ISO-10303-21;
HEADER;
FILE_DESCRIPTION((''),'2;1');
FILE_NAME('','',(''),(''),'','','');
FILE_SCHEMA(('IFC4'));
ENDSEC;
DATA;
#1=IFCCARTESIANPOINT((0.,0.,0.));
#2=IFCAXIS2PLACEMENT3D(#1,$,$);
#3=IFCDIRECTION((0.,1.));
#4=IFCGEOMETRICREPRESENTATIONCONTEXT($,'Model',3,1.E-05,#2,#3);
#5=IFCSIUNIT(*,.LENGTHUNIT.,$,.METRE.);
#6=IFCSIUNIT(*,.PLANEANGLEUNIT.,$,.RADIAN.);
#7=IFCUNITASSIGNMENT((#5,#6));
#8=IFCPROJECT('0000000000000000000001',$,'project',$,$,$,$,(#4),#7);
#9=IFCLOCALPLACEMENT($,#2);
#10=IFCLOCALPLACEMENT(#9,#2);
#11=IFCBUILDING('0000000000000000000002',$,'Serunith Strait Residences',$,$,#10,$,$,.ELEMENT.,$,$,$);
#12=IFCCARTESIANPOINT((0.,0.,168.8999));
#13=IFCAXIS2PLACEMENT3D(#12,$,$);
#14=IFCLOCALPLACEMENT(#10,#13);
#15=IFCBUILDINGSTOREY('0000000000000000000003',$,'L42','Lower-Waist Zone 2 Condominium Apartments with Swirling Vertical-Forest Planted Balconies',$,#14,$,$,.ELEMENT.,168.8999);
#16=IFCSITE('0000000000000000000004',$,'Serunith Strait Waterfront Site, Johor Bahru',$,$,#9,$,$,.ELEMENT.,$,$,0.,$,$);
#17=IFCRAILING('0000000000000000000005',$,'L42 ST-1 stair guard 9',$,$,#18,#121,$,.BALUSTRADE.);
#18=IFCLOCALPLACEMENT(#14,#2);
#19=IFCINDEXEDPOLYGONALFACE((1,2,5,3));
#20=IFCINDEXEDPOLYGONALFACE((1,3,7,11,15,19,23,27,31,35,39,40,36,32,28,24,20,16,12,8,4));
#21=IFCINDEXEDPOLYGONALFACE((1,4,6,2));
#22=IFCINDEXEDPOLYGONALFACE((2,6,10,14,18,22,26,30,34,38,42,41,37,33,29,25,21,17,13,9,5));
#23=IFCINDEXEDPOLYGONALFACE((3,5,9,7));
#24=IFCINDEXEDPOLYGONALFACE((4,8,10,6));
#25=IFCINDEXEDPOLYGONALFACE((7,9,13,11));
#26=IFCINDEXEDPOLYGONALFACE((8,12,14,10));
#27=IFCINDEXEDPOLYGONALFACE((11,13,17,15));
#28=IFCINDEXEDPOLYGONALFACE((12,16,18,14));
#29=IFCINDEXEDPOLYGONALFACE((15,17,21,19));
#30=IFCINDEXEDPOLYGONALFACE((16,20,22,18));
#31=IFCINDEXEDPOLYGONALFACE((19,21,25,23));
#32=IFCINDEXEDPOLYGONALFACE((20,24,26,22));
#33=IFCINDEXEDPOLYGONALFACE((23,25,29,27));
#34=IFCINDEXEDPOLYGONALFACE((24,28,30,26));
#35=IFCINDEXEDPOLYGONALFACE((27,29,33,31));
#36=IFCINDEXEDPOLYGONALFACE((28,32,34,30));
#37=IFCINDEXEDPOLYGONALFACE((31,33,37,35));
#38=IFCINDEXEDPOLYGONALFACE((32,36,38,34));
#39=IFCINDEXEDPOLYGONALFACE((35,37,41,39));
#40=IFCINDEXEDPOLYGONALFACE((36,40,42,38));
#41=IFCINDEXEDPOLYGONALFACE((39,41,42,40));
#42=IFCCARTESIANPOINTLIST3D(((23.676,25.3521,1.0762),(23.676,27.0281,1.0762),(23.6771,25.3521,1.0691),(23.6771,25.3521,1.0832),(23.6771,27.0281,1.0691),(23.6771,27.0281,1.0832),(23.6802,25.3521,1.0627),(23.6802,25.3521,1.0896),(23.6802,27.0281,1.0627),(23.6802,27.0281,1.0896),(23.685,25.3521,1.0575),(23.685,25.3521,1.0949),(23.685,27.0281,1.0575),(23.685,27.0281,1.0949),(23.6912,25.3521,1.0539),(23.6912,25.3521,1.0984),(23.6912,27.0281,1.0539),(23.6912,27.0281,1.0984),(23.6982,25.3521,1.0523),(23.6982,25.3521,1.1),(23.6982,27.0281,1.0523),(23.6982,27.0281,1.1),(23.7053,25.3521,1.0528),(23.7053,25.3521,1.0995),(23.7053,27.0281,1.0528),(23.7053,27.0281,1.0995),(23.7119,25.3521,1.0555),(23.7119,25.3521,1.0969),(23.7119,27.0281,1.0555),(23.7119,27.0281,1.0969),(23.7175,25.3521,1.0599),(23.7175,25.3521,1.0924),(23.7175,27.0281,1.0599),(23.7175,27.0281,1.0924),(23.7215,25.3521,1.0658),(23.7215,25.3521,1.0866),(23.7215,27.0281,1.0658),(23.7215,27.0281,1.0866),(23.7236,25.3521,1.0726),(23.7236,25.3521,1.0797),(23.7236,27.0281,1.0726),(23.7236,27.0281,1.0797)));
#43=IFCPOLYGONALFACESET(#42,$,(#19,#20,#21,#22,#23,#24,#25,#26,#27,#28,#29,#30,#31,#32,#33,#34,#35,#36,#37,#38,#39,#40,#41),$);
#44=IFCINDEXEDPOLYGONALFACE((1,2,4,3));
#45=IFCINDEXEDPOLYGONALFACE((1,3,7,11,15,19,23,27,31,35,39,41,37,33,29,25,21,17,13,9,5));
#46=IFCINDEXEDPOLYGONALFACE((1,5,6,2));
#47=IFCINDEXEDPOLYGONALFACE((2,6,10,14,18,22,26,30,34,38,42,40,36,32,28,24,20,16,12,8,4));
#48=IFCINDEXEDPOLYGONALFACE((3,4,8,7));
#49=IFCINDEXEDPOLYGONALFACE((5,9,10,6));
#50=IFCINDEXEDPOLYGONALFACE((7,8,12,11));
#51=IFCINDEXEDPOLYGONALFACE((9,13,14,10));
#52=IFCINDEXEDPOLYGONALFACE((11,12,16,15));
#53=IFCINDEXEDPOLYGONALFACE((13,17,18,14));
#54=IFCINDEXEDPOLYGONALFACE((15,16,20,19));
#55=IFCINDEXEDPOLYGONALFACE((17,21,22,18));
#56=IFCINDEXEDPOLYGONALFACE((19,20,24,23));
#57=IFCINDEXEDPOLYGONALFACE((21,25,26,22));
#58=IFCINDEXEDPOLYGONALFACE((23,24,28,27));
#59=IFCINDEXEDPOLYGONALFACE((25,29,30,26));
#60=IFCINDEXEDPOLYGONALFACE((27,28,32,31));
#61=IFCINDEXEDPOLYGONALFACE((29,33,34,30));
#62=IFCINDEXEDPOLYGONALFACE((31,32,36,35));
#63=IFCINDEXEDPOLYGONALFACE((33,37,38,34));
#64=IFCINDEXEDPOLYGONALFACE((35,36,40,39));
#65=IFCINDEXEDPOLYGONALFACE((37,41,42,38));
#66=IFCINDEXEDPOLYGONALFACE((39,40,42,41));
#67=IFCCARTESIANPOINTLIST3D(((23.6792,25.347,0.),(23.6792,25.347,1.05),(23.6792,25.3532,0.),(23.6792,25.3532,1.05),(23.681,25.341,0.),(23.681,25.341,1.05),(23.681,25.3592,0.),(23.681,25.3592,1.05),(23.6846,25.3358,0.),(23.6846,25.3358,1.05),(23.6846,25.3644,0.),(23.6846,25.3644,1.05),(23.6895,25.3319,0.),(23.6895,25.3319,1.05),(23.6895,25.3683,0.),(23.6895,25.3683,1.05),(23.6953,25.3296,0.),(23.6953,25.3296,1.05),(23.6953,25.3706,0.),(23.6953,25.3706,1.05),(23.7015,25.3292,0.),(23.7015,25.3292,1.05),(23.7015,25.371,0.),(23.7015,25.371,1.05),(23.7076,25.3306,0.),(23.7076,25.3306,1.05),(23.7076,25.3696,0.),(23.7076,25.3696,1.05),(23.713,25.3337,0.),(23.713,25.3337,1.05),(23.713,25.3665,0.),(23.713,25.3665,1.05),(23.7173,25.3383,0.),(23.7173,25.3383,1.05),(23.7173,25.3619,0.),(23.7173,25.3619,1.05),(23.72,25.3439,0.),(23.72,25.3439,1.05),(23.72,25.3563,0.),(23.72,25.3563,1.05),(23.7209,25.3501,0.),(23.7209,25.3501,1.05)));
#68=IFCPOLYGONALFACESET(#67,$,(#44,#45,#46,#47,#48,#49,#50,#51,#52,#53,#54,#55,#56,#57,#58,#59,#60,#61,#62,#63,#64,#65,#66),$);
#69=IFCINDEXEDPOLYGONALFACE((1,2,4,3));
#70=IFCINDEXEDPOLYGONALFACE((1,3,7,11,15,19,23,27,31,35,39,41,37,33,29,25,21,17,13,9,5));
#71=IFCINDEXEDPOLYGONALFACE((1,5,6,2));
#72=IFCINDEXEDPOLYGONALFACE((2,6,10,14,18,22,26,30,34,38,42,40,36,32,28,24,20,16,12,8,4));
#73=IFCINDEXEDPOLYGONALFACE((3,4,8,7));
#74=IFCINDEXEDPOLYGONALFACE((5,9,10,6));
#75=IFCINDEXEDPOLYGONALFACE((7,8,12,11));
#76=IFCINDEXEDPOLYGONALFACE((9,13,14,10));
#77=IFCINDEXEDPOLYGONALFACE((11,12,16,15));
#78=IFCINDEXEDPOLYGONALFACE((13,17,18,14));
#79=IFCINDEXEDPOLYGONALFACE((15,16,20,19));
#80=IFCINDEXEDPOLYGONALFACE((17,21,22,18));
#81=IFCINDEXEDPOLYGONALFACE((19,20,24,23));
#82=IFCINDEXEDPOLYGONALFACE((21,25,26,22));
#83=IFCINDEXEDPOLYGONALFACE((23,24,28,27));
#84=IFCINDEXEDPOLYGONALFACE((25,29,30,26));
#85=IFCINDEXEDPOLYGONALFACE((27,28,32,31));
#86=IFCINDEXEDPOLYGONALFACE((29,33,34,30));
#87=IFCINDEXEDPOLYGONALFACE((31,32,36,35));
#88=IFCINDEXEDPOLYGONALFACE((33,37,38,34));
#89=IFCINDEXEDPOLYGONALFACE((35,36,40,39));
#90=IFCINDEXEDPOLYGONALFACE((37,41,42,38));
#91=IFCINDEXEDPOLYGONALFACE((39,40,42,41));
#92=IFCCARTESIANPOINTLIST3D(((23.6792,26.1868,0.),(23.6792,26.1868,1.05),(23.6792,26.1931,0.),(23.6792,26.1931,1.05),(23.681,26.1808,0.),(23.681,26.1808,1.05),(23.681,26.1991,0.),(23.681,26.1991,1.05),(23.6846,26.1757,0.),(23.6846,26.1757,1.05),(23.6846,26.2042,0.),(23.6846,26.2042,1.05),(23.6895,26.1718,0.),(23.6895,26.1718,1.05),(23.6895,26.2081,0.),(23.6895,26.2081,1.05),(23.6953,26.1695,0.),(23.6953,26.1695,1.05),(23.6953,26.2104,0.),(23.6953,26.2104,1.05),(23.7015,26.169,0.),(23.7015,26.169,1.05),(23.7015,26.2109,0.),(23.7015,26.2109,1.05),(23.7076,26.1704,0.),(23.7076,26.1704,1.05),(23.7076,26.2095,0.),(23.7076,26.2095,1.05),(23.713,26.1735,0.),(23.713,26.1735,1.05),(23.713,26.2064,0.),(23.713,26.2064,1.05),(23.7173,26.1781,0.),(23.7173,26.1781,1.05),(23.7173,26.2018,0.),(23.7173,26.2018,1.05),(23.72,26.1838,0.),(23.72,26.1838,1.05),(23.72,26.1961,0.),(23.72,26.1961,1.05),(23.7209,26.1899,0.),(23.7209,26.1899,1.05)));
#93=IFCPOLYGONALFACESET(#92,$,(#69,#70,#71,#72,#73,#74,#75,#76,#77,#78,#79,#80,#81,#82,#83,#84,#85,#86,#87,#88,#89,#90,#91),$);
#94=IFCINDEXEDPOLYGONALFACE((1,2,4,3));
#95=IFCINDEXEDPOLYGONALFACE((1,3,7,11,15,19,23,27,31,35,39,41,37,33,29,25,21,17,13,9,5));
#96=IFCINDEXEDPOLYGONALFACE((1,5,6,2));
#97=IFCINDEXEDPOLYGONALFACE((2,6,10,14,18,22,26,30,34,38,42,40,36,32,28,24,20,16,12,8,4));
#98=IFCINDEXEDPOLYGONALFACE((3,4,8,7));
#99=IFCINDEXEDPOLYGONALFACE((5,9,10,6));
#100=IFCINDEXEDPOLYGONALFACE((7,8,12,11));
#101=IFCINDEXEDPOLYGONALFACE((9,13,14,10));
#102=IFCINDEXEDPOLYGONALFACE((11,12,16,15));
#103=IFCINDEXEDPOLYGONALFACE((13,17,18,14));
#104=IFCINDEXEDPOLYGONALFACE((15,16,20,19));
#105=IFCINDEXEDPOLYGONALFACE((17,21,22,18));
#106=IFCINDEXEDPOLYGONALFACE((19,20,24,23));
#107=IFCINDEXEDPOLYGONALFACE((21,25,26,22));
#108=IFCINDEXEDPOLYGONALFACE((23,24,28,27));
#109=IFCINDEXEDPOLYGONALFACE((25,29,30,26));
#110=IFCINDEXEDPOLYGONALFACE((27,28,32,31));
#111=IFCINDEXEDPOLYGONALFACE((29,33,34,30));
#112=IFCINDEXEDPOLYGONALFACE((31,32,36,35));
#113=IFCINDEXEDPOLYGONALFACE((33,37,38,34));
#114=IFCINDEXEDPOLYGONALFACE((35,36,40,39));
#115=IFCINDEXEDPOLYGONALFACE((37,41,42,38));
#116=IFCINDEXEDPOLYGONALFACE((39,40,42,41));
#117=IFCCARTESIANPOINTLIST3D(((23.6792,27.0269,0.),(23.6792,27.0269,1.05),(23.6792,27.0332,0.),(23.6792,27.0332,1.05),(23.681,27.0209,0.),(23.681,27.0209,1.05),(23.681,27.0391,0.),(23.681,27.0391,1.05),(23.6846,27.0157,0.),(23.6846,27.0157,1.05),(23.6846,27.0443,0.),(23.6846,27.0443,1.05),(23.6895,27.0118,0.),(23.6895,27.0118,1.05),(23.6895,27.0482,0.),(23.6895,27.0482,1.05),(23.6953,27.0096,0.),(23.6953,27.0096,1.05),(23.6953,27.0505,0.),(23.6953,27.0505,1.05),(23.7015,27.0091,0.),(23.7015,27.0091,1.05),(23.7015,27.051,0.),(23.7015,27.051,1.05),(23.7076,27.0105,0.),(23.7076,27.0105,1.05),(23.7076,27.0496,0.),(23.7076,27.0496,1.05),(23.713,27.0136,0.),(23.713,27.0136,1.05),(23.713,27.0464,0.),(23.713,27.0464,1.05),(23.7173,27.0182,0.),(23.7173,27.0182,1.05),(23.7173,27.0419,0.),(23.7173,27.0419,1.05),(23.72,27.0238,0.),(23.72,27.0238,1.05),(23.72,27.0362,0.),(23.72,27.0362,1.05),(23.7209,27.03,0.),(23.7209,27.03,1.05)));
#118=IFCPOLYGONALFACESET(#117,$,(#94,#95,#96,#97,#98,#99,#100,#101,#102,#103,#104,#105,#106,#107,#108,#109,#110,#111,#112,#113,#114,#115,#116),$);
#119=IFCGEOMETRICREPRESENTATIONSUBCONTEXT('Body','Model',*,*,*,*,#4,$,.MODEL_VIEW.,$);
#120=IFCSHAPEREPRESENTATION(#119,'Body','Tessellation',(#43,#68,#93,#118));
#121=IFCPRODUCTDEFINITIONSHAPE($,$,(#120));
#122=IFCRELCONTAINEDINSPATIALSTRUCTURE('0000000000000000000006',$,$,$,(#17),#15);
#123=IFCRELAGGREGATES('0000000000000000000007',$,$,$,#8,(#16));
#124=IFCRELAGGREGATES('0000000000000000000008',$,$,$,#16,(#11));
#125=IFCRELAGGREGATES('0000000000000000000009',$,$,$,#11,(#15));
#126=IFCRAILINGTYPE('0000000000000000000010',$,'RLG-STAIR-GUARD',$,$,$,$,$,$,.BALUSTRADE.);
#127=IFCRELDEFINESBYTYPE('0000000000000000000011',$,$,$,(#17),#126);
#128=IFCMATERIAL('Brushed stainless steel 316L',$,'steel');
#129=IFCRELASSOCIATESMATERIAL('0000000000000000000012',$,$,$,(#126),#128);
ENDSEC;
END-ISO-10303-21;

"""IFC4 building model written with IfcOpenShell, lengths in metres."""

from ifc_helpers import new_model, si_unit, direction, frame, origin, origin_2d, place, context, subcontext, project, spatial, circle, extrude, material, type_object, element, save


model = new_model("IFC4")

# Units and contexts
model_context = context("Model", 3, precision=1e-05, world=origin(), true_north=direction((0.0, 1.0)))
body_context = subcontext(model_context, "Body", "Model", "MODEL_VIEW")
ifc_project = project(units=[si_unit("LENGTHUNIT", "METRE"), si_unit("PLANEANGLEUNIT", "RADIAN")], contexts=[model_context])

# Site, building, storey
site_placement = place(None, origin())
site = spatial("IfcSite", under=ifc_project, at=site_placement, Name="Serunith Strait Waterfront Site, Johor Bahru", CompositionType="ELEMENT", RefElevation=0.0)
building_placement = place(site_placement, origin())
building = spatial("IfcBuilding", under=site, at=building_placement, Name="Serunith Strait Residences", CompositionType="ELEMENT")
storey_placement = place(building_placement, frame((0.0, 0.0, 168.8999)))
storey = spatial("IfcBuildingStorey", under=building, at=storey_placement, Name="L42", Description="Lower-Waist Zone 2 Condominium Apartments with Swirling Vertical-Forest Planted Balconies", CompositionType="ELEMENT", Elevation=168.8999)

# Railing
ifc_material_1 = material(Name="Brushed stainless steel 316L", Category="steel")
railing_type_1 = type_object("IfcRailingType", Name="RLG-STAIR-GUARD", PredefinedType="BALUSTRADE", material=ifc_material_1)
for number, where, name in (
    (1, (23.7, 25.3501, 0.0), "L42 ST-1 stair guard 9"),
):
    element("IfcRailing", number, at=place(storey_placement, frame(where)), inside=storey, type_object=railing_type_1, Name=name, PredefinedType="BALUSTRADE", context=body_context, shape_type="SweptSolid", body=[
        extrude(circle(Radius=0.0239, at=origin_2d()), frame((0.0, 0.002, 1.0762), z_axis=(0.0, 1.0, 0.0), x_axis=(-1.0, 0.0, 0.0)), (0.0, 0.0, 1.0), 1.676),
        extrude(circle(Radius=0.021, at=origin_2d()), origin(), (0.0, 0.0, 1.0), 1.05),
        extrude(circle(Radius=0.021, at=origin_2d()), frame((0.0, 0.8398, 0.0)), (0.0, 0.0, 1.0), 1.05),
        extrude(circle(Radius=0.021, at=origin_2d()), frame((0.0, 1.6799, 0.0)), (0.0, 0.0, 1.0), 1.05),
    ])

save(model, "model.ifc")
